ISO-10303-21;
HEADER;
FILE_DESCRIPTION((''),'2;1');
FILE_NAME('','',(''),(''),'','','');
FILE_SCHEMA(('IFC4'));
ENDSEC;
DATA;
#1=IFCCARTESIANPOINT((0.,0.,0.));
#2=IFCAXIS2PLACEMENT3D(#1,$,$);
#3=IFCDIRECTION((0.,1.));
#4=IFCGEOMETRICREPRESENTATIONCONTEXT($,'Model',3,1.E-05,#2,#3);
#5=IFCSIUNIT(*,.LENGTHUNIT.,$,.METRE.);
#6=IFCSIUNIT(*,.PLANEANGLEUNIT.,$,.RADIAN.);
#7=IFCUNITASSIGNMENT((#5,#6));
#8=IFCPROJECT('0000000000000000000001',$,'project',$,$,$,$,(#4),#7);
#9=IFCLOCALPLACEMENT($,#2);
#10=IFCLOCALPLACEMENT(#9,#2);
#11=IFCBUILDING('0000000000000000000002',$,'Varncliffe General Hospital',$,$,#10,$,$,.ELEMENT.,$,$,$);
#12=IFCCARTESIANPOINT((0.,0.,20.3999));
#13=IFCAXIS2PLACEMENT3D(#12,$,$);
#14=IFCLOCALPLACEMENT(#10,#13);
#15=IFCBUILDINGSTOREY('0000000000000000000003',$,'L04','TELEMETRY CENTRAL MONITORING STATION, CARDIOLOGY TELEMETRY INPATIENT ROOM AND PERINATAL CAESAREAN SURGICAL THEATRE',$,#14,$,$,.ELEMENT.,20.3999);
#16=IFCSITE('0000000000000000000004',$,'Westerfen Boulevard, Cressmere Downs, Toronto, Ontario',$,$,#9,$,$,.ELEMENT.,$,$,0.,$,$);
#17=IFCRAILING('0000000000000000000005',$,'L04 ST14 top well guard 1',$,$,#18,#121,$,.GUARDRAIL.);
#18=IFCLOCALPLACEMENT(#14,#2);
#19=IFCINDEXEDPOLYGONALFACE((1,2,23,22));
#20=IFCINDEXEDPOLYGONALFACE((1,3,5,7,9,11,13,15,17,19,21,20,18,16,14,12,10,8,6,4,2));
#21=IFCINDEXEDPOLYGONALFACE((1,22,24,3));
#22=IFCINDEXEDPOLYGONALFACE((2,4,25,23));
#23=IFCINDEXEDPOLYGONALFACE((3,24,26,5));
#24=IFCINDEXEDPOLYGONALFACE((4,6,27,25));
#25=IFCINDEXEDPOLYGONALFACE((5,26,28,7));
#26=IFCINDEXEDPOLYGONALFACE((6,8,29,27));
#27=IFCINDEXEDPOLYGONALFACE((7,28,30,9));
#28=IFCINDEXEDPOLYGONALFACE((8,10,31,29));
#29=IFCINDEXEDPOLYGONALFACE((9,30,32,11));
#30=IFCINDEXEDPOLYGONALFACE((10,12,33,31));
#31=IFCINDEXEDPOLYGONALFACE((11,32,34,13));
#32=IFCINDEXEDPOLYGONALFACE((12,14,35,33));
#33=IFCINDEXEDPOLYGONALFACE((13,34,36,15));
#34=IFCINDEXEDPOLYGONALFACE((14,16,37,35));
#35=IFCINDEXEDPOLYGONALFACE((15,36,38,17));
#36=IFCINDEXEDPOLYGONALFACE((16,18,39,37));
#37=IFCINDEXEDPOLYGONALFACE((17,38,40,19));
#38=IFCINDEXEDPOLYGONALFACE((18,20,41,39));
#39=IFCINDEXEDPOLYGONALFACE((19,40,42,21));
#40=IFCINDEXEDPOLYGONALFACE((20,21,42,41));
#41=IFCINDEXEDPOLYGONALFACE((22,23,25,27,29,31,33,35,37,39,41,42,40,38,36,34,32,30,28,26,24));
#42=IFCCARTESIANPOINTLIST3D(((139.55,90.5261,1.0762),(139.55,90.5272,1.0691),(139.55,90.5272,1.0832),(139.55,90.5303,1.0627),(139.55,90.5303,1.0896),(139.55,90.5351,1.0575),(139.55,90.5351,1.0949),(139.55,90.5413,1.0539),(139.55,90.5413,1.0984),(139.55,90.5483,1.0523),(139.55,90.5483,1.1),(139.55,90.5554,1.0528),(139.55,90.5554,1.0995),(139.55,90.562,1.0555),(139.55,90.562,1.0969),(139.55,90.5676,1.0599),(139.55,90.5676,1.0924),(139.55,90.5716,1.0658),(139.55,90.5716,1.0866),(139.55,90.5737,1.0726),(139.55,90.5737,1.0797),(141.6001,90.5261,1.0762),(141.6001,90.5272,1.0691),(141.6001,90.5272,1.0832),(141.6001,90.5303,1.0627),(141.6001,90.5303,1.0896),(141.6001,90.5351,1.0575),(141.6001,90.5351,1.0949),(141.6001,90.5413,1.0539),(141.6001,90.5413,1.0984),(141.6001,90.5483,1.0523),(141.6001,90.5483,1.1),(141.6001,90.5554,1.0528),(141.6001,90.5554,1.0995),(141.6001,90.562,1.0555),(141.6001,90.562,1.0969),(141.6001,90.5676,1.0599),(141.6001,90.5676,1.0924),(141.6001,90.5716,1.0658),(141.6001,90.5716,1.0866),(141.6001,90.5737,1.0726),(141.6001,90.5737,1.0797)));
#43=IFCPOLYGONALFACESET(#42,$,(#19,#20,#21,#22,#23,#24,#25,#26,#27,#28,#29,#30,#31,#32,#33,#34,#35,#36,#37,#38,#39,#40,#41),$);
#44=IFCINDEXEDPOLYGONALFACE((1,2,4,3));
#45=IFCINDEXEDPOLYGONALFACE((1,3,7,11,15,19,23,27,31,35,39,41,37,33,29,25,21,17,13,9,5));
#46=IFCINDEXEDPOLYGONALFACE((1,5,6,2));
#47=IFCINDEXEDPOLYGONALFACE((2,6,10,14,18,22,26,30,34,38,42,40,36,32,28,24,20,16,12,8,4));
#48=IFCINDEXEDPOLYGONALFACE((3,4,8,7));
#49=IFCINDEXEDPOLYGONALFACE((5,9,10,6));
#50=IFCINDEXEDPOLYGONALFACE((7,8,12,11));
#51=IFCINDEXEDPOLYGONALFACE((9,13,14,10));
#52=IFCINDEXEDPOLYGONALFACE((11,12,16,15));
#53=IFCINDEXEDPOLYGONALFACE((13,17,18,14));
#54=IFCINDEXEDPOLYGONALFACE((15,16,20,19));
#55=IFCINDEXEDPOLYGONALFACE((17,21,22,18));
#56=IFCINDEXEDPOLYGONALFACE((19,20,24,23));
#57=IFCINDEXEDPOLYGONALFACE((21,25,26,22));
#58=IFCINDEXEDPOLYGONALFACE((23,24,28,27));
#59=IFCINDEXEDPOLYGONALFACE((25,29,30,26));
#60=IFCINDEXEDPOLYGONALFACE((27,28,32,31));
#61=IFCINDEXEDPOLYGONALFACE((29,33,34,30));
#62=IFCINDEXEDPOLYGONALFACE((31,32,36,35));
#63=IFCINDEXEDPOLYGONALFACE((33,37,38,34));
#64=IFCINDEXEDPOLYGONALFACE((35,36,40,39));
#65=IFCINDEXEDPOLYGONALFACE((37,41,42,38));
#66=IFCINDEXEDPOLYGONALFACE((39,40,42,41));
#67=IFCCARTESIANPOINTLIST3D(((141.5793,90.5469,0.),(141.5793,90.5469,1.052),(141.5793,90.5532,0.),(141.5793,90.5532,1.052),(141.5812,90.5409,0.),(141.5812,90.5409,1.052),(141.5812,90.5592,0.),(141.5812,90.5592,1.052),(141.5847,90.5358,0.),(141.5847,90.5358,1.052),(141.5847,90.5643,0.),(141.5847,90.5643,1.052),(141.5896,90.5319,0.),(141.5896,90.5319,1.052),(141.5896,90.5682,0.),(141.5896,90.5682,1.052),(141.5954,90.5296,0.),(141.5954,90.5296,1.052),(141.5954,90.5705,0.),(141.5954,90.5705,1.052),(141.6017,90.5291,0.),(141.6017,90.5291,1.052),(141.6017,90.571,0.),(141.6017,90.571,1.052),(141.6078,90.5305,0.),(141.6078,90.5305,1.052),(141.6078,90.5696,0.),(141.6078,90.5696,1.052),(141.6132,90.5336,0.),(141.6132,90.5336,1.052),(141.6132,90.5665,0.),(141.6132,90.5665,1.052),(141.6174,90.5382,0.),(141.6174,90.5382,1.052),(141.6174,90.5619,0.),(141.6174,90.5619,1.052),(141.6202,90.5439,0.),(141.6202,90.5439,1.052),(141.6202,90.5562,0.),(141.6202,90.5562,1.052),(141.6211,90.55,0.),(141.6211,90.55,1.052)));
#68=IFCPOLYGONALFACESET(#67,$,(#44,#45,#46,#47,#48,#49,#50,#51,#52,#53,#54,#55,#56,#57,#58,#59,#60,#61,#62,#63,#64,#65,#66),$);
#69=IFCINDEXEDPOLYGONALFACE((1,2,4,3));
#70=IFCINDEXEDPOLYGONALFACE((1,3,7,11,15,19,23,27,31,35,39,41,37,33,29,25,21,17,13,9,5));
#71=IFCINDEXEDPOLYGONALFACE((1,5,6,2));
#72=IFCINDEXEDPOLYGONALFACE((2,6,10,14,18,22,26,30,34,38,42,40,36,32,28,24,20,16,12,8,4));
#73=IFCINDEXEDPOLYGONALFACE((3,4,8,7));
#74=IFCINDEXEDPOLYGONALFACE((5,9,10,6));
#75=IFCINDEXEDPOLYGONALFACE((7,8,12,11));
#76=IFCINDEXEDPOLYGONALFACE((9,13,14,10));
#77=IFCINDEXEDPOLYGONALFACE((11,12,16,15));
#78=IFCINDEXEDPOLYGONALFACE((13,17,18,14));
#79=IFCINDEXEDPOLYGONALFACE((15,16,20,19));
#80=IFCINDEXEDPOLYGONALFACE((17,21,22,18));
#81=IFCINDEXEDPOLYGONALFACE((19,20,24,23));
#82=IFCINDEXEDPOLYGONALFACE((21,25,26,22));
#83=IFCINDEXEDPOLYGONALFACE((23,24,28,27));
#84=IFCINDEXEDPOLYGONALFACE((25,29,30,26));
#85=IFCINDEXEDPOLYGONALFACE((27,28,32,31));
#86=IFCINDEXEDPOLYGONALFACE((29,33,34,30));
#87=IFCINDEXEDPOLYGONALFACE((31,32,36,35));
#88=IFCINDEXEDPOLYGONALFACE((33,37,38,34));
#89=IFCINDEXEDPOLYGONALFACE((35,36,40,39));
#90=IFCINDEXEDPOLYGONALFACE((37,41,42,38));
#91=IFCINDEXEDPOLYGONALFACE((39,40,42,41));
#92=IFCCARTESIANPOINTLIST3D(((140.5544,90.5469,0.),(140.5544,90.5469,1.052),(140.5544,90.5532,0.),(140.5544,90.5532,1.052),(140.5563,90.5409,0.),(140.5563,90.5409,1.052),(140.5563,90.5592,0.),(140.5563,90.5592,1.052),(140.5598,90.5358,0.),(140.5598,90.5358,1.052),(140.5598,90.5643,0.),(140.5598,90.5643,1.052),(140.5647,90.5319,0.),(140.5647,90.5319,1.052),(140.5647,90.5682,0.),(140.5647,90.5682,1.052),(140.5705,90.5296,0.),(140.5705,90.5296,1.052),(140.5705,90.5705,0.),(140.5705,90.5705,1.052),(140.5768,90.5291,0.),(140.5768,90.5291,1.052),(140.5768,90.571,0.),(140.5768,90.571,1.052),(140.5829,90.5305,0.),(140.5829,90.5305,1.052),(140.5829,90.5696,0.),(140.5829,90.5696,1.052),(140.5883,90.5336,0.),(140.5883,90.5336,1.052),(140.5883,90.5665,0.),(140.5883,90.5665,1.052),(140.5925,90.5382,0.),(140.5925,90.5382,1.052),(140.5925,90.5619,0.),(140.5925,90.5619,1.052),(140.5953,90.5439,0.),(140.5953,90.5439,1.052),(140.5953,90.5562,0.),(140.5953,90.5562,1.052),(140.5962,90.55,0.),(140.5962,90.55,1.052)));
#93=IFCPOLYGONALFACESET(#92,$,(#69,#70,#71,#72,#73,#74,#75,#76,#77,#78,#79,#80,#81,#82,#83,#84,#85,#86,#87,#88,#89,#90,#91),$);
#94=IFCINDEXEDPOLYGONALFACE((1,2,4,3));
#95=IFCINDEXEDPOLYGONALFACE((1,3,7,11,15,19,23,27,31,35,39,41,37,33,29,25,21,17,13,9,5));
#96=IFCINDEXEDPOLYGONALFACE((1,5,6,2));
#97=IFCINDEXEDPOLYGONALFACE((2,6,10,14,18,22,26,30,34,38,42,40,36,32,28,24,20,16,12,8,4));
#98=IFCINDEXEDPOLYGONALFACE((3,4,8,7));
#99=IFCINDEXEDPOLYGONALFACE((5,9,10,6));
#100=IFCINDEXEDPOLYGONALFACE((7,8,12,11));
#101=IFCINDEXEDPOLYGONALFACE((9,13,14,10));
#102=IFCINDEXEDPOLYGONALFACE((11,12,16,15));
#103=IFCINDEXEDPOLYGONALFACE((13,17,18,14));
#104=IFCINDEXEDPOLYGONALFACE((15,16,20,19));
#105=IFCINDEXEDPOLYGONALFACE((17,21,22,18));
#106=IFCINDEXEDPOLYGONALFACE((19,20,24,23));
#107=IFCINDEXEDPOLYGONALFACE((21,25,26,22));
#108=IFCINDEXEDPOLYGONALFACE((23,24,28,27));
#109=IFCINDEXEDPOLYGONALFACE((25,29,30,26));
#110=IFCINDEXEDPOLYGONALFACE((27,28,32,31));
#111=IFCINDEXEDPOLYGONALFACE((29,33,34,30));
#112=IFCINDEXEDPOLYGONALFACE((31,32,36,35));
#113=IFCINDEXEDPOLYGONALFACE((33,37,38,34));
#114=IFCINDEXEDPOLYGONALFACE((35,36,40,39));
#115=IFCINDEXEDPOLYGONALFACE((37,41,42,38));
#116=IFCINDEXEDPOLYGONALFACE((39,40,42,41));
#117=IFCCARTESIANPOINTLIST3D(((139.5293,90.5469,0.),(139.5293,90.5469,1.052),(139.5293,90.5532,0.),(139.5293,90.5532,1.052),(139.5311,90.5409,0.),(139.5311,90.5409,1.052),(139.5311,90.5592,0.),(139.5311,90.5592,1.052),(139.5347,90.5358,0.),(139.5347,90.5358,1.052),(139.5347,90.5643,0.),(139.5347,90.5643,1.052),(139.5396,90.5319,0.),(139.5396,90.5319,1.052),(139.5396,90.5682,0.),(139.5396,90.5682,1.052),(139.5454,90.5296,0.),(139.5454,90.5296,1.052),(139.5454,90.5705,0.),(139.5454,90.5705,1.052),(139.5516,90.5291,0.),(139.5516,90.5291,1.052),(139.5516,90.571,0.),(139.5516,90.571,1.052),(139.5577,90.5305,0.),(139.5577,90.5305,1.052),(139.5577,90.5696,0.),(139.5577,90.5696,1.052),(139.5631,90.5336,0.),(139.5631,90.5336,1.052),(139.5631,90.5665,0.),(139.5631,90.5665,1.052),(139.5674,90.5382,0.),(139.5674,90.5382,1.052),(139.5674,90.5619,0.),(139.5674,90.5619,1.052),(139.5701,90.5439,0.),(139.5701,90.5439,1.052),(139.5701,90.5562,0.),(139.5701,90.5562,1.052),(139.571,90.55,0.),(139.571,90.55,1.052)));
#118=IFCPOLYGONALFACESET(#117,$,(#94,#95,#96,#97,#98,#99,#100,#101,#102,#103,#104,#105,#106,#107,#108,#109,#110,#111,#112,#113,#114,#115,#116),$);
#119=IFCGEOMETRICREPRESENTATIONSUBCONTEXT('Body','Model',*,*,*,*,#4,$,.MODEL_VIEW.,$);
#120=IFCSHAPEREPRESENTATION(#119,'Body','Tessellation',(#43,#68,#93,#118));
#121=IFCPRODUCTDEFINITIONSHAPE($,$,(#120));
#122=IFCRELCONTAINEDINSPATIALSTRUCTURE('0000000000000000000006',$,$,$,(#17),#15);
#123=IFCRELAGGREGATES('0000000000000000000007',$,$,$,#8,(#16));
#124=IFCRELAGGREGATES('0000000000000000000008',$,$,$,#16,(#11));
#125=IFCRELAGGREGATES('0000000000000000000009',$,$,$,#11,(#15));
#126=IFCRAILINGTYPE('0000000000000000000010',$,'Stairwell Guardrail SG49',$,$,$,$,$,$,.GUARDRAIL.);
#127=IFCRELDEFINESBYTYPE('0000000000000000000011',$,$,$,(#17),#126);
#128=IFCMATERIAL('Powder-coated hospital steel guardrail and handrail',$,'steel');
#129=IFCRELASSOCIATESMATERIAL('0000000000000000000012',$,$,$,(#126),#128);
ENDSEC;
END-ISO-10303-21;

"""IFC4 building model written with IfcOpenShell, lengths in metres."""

from ifc_helpers import new_model, si_unit, direction, frame, origin, origin_2d, place, context, subcontext, project, spatial, circle, extrude, material, type_object, element, save


model = new_model("IFC4")

# Units and contexts
model_context = context("Model", 3, precision=1e-05, world=origin(), true_north=direction((0.0, 1.0)))
body_context = subcontext(model_context, "Body", "Model", "MODEL_VIEW")
ifc_project = project(units=[si_unit("LENGTHUNIT", "METRE"), si_unit("PLANEANGLEUNIT", "RADIAN")], contexts=[model_context])

# Site, building, storey
site_placement = place(None, origin())
site = spatial("IfcSite", under=ifc_project, at=site_placement, Name="Westerfen Boulevard, Cressmere Downs, Toronto, Ontario", CompositionType="ELEMENT", RefElevation=0.0)
building_placement = place(site_placement, origin())
building = spatial("IfcBuilding", under=site, at=building_placement, Name="Varncliffe General Hospital", CompositionType="ELEMENT")
storey_placement = place(building_placement, frame((0.0, 0.0, 20.3999)))
storey = spatial("IfcBuildingStorey", under=building, at=storey_placement, Name="L04", Description="TELEMETRY CENTRAL MONITORING STATION, CARDIOLOGY TELEMETRY INPATIENT ROOM AND PERINATAL CAESAREAN SURGICAL THEATRE", CompositionType="ELEMENT", Elevation=20.3999)

# Railing
ifc_material_1 = material(Name="Powder-coated hospital steel guardrail and handrail", Category="steel")
railing_type = type_object("IfcRailingType", Name="Stairwell Guardrail SG49", PredefinedType="GUARDRAIL", material=ifc_material_1)
railing_placement = place(storey_placement, frame((141.6001, 90.55, 0.0)))
element("IfcRailing", 1, at=railing_placement, inside=storey, type_object=railing_type, Name="L04 ST14 top well guard 1", PredefinedType="GUARDRAIL", context=body_context, shape_type="SweptSolid", body=[
    extrude(circle(Radius=0.0239, at=origin_2d()), frame((0.0, 0.0, 1.0762), z_axis=(-1.0, 0.0, 0.0), x_axis=(0.0, -1.0, 0.0)), (0.0, 0.0, 1.0), 2.05),
    extrude(circle(Radius=0.021, at=origin_2d()), origin(), (0.0, 0.0, 1.0), 1.052),
    extrude(circle(Radius=0.021, at=origin_2d()), frame((-1.0249, 0.0, 0.0)), (0.0, 0.0, 1.0), 1.052),
    extrude(circle(Radius=0.021, at=origin_2d()), frame((-2.05, 0.0, 0.0)), (0.0, 0.0, 1.0), 1.052),
])

save(model, "model.ifc")
